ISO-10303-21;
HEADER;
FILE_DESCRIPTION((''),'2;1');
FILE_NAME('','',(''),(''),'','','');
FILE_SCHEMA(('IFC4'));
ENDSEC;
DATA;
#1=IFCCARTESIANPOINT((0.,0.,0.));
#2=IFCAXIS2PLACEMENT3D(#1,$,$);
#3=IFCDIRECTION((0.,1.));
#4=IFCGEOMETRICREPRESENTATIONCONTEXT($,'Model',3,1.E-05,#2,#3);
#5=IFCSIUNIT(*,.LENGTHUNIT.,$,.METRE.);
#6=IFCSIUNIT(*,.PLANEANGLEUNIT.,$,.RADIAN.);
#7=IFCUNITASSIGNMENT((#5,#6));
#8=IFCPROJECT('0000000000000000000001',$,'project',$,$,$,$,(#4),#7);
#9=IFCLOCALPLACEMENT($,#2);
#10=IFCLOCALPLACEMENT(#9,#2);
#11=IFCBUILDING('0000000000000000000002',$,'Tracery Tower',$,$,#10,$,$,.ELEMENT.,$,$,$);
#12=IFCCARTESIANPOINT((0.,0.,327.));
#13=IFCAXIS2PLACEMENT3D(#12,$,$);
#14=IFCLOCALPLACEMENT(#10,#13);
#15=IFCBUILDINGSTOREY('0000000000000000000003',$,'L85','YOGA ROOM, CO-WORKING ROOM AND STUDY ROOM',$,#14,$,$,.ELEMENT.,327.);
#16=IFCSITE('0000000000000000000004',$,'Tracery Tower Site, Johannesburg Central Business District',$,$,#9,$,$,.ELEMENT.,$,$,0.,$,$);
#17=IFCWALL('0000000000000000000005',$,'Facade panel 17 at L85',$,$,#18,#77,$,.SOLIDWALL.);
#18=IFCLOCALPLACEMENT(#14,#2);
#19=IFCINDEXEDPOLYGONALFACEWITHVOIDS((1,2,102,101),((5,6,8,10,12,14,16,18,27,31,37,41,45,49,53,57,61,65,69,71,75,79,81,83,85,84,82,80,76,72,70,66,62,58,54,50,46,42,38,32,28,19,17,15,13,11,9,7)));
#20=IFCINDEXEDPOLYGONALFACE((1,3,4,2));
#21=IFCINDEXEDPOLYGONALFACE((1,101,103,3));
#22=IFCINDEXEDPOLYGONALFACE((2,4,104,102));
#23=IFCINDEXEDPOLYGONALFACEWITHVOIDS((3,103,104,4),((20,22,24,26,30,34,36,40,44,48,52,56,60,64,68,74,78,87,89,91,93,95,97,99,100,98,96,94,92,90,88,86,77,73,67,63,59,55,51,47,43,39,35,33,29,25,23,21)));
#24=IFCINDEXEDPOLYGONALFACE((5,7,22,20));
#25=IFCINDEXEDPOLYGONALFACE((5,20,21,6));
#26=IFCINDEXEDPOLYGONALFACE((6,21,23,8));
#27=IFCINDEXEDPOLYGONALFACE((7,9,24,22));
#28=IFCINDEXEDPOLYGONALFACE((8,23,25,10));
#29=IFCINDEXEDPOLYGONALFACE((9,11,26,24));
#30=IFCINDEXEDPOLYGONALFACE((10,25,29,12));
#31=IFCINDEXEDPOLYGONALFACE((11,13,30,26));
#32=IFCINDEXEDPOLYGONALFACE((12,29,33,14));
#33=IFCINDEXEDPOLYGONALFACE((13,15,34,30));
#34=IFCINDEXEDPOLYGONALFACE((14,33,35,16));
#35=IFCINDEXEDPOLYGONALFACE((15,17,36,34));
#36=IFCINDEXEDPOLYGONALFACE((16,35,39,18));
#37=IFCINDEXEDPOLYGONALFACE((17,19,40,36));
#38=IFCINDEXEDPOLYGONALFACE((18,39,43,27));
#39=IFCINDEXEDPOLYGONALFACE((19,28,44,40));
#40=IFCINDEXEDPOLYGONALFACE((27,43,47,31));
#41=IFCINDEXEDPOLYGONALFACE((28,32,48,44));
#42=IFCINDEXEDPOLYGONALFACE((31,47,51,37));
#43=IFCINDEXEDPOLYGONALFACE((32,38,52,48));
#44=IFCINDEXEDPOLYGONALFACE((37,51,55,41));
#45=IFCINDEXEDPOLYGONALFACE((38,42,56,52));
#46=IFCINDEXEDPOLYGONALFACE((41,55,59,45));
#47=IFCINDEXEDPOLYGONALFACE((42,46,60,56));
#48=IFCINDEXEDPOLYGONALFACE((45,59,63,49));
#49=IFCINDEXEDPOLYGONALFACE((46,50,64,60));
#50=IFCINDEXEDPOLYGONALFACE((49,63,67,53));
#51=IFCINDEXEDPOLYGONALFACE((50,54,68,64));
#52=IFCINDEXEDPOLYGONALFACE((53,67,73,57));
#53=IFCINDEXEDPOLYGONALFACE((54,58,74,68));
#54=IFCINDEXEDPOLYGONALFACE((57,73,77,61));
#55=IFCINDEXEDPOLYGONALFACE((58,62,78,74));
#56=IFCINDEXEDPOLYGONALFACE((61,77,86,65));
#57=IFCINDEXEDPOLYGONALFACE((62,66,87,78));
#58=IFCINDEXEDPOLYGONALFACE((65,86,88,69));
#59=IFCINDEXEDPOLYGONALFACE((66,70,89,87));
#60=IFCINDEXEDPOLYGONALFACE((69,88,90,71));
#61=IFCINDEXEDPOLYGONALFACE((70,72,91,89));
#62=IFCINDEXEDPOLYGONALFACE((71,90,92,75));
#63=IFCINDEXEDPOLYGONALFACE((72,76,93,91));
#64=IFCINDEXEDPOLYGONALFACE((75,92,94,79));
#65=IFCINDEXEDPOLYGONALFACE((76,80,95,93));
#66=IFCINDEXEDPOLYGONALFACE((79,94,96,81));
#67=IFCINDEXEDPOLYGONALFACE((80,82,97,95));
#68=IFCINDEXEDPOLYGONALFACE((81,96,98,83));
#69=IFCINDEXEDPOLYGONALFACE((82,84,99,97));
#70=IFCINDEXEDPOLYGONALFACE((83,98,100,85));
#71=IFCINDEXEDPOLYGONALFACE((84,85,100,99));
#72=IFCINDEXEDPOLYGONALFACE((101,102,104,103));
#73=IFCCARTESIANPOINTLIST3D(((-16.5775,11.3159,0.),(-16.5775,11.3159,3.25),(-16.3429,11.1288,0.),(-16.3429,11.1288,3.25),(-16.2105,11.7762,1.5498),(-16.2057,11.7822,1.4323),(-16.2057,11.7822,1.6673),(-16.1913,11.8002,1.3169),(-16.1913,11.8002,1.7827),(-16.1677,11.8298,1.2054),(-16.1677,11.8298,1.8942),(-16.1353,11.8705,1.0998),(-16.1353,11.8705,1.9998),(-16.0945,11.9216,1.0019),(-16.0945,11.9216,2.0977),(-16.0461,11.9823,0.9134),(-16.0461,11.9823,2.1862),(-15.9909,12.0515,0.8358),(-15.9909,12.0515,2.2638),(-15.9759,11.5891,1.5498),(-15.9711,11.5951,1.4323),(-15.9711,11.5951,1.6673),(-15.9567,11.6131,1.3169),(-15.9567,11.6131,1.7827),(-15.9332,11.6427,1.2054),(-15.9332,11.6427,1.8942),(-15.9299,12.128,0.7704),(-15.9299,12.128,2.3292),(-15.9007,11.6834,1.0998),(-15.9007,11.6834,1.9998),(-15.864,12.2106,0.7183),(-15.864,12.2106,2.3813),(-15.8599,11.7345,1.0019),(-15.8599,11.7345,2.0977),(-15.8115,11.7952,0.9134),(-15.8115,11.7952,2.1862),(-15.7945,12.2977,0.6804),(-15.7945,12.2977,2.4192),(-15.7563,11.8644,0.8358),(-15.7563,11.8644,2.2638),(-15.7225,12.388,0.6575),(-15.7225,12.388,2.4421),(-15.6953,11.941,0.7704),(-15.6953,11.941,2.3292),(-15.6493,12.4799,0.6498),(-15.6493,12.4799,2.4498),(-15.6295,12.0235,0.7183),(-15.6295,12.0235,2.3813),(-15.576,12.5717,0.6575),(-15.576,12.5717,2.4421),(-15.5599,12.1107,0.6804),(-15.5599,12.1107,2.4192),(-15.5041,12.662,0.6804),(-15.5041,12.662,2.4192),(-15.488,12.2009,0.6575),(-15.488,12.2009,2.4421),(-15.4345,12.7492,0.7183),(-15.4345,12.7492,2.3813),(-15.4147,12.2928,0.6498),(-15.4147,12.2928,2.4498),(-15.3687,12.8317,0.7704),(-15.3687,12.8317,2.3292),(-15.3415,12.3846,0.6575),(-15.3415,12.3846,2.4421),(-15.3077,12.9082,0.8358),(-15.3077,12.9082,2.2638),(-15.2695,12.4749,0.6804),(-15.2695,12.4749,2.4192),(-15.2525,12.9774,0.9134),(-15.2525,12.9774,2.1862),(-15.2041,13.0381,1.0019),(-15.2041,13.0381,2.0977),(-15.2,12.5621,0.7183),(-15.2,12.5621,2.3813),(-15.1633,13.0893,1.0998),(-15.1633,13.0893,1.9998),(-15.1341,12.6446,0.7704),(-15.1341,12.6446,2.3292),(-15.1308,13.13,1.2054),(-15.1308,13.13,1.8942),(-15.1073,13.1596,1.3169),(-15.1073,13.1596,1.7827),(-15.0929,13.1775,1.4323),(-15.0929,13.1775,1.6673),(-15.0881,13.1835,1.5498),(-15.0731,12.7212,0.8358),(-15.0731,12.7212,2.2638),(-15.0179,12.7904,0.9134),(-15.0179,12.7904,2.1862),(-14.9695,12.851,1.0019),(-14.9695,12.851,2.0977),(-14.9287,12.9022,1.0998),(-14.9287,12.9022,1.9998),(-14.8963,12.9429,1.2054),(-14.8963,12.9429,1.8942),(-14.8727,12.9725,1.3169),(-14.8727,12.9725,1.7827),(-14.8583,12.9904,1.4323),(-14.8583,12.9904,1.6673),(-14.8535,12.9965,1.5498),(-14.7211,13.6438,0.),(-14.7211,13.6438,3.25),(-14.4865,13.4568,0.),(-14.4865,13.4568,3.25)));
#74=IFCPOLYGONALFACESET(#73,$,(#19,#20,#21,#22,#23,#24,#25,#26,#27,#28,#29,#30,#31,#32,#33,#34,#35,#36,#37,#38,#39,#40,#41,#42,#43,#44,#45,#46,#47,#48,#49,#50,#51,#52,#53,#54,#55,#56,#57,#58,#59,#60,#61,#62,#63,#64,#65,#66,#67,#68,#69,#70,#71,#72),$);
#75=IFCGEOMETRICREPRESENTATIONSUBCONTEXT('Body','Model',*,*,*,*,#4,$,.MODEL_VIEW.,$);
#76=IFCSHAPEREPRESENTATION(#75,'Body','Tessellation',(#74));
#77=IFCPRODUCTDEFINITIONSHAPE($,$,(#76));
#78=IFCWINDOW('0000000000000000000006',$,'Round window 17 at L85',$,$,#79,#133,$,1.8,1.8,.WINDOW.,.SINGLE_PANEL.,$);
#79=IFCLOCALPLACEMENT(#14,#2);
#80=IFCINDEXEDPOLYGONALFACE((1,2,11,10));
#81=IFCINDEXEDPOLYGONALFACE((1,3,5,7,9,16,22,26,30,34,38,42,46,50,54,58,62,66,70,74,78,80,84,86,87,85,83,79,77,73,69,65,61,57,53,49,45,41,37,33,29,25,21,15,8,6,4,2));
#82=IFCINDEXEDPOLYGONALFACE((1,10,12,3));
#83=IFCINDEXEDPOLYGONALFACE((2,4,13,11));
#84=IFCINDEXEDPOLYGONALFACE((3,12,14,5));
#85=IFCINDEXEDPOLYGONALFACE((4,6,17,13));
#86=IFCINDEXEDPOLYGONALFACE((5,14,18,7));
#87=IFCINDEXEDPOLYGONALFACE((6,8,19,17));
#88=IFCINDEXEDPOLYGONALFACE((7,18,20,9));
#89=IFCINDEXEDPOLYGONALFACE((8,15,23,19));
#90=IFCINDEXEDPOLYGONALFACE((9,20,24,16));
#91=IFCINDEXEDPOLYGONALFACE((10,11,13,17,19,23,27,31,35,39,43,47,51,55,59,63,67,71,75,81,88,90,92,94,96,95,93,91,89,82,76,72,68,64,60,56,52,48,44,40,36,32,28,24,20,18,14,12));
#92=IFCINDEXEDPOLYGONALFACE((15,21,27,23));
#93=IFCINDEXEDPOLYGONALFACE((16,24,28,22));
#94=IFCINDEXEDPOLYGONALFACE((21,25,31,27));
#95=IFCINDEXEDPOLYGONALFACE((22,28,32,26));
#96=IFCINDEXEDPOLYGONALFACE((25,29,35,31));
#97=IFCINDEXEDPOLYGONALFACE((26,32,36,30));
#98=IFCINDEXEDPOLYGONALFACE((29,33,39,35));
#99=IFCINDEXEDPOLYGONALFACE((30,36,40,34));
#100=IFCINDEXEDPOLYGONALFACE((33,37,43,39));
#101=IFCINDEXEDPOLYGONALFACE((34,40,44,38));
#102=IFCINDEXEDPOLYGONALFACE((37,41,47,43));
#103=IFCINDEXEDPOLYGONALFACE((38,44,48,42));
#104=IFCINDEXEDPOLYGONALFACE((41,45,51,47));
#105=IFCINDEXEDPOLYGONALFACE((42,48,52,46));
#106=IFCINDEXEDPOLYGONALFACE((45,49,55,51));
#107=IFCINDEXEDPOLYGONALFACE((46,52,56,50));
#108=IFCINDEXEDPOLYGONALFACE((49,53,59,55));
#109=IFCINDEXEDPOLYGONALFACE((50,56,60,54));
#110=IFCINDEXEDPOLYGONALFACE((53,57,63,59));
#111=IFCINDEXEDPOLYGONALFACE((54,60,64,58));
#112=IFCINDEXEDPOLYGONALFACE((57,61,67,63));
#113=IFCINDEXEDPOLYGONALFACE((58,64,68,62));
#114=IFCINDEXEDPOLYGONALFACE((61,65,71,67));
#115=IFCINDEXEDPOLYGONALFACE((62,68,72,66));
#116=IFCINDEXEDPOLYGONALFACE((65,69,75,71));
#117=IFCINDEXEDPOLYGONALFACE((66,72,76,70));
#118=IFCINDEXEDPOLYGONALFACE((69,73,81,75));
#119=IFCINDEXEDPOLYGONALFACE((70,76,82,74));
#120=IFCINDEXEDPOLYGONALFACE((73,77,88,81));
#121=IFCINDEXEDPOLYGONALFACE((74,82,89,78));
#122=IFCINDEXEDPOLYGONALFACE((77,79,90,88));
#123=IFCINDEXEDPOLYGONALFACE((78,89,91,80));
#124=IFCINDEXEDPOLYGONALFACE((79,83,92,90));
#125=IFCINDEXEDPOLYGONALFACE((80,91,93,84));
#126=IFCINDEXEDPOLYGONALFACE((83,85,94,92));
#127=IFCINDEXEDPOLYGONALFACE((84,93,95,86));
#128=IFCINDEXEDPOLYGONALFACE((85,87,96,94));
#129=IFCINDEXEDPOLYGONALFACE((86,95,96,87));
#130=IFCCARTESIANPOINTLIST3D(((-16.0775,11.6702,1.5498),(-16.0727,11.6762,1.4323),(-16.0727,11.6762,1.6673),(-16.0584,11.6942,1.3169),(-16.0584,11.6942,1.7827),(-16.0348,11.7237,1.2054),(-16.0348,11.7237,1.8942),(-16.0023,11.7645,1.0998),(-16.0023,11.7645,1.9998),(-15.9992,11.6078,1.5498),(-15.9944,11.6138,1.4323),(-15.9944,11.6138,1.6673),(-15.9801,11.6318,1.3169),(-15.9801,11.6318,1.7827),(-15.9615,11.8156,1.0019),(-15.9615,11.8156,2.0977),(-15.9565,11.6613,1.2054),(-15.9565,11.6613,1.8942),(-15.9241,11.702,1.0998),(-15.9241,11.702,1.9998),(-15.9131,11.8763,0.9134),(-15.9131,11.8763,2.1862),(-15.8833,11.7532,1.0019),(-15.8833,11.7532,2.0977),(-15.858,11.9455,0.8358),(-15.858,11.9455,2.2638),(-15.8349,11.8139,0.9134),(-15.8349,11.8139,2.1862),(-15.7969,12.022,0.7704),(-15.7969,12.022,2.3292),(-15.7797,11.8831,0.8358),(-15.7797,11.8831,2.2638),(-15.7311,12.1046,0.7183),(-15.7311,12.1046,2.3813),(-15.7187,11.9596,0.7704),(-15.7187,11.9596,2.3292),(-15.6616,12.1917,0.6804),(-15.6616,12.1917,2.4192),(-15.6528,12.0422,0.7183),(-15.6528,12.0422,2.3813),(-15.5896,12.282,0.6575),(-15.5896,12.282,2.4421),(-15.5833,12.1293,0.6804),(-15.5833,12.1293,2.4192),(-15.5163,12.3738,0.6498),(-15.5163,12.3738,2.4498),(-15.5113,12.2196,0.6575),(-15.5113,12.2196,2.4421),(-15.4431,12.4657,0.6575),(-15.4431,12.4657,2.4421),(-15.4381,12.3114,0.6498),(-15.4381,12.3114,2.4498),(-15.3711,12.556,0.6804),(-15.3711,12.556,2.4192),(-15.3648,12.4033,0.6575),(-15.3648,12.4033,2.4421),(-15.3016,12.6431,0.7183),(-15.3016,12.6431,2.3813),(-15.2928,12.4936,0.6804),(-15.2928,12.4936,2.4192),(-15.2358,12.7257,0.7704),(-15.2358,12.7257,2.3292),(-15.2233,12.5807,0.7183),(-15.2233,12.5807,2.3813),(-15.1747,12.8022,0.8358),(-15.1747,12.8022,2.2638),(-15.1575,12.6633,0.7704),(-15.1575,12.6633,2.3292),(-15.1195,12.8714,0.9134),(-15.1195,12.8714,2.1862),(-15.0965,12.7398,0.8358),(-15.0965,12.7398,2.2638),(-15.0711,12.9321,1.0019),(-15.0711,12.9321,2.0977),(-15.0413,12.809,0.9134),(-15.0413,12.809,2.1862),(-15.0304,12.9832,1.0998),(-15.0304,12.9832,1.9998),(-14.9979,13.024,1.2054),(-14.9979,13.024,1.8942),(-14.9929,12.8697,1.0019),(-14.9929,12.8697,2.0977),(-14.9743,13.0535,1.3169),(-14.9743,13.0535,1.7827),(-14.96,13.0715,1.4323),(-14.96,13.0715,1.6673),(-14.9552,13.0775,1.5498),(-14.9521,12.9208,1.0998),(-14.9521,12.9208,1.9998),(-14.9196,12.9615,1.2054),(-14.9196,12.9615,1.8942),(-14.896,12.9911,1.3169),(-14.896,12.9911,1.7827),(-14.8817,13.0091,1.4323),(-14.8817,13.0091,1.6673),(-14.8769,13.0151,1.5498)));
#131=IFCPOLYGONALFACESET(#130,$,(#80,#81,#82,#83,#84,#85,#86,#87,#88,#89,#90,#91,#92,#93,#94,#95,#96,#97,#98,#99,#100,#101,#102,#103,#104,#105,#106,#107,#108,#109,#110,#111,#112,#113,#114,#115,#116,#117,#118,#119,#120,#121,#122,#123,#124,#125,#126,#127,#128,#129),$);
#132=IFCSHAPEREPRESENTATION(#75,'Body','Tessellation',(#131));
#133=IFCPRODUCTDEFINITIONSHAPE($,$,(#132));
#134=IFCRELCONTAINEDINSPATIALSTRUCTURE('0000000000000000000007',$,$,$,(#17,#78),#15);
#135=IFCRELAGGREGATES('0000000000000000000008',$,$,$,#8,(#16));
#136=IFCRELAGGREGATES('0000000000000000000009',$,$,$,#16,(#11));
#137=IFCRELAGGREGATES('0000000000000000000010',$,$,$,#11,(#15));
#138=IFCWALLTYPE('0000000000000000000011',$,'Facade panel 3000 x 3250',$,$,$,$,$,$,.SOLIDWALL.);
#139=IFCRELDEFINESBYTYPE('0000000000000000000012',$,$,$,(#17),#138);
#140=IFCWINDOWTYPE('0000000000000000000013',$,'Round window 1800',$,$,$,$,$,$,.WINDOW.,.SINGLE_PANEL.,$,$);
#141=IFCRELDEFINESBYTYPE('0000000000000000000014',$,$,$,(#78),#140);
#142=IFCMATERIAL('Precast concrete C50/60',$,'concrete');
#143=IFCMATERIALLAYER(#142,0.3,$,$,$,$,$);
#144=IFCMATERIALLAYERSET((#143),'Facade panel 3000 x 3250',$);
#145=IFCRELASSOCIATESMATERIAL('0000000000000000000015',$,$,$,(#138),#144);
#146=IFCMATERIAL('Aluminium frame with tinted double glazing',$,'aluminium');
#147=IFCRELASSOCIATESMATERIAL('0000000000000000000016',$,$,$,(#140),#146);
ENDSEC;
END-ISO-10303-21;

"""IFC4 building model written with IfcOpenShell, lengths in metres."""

from ifc_helpers import new_model, si_unit, direction, frame, frame_2d, origin, origin_2d, place, context, subcontext, project, spatial, rectangle, circle, extrude, material, layer, layer_set, type_object, element, fill, save


model = new_model("IFC4")

# Units and contexts
model_context = context("Model", 3, precision=1e-05, world=origin(), true_north=direction((0.0, 1.0)))
body_context = subcontext(model_context, "Body", "Model", "MODEL_VIEW")
ifc_project = project(units=[si_unit("LENGTHUNIT", "METRE"), si_unit("PLANEANGLEUNIT", "RADIAN")], contexts=[model_context])

# Site, building, storey
site_placement = place(None, origin())
site = spatial("IfcSite", under=ifc_project, at=site_placement, Name="Tracery Tower Site, Johannesburg Central Business District", CompositionType="ELEMENT", RefElevation=0.0)
building_placement = place(site_placement, origin())
building = spatial("IfcBuilding", under=site, at=building_placement, Name="Tracery Tower", CompositionType="ELEMENT")
storey_placement = place(building_placement, frame((0.0, 0.0, 327.0)))
storey = spatial("IfcBuildingStorey", under=building, at=storey_placement, Name="L85", Description="YOGA ROOM, CO-WORKING ROOM AND STUDY ROOM", CompositionType="ELEMENT", Elevation=327.0)

# Wall, opening, window
ifc_material_1 = material(Name="Precast concrete C50/60", Category="concrete")
ifc_layer_1 = layer(ifc_material_1, 0.3)
ifc_layer_set_1 = layer_set([ifc_layer_1], Name="Facade panel 3000 x 3250")
wall_type_1 = type_object("IfcWallType", Name="Facade panel 3000 x 3250", PredefinedType="SOLIDWALL", material=ifc_layer_set_1)
ifc_material_2 = material(Name="Aluminium frame with tinted double glazing", Category="aluminium")
window_type = type_object("IfcWindowType", Name="Round window 1800", PartitioningType="SINGLE_PANEL", PredefinedType="WINDOW", material=ifc_material_2)
wall_1_placement = place(storey_placement, frame((-14.6038, 13.5503, 0.0), z_axis=(0.0, 0.0, 1.0), x_axis=(-0.623494, -0.781828, 0.0)))
wall_1 = element("IfcWall", 1, at=wall_1_placement, inside=storey, type_object=wall_type_1, Name="Facade panel 17 at L85", PredefinedType="SOLIDWALL", context=body_context, shape_type="SweptSolid", body=[
    extrude(rectangle(XDim=2.9775, YDim=0.3, at=frame_2d((1.4888, 0.0))), origin(), (0.0, 0.0, 1.0), 3.25),
])
opening_1_placement = place(wall_1_placement, frame((1.4888, 0.0, 1.5498)))
opening_1 = element("IfcOpeningElement", 2, at=opening_1_placement, cuts=wall_1, PredefinedType="OPENING", context=body_context, shape_type="SweptSolid", body=[
    extrude(circle(Radius=0.9, at=origin_2d()), frame((0.0, 0.1599, 0.0), z_axis=(0.0, -1.0, 0.0), x_axis=(1.0, 0.0, 0.0)), (0.0, 0.0, 1.0), 0.3201),
])
window_1_placement = place(opening_1_placement, origin())
window_1 = element("IfcWindow", 3, at=window_1_placement, inside=storey, type_object=window_type, Name="Round window 17 at L85", OverallHeight=1.8, OverallWidth=1.8, PartitioningType="SINGLE_PANEL", PredefinedType="WINDOW", context=body_context, shape_type="SweptSolid", body=[
    extrude(circle(Radius=0.9, at=origin_2d()), frame((0.0, 0.1201, 0.0), z_axis=(0.0, -1.0, 0.0), x_axis=(1.0, 0.0, 0.0)), (0.0, 0.0, 1.0), 0.1001),
])
fill(opening_1, window_1)

save(model, "model.ifc")
